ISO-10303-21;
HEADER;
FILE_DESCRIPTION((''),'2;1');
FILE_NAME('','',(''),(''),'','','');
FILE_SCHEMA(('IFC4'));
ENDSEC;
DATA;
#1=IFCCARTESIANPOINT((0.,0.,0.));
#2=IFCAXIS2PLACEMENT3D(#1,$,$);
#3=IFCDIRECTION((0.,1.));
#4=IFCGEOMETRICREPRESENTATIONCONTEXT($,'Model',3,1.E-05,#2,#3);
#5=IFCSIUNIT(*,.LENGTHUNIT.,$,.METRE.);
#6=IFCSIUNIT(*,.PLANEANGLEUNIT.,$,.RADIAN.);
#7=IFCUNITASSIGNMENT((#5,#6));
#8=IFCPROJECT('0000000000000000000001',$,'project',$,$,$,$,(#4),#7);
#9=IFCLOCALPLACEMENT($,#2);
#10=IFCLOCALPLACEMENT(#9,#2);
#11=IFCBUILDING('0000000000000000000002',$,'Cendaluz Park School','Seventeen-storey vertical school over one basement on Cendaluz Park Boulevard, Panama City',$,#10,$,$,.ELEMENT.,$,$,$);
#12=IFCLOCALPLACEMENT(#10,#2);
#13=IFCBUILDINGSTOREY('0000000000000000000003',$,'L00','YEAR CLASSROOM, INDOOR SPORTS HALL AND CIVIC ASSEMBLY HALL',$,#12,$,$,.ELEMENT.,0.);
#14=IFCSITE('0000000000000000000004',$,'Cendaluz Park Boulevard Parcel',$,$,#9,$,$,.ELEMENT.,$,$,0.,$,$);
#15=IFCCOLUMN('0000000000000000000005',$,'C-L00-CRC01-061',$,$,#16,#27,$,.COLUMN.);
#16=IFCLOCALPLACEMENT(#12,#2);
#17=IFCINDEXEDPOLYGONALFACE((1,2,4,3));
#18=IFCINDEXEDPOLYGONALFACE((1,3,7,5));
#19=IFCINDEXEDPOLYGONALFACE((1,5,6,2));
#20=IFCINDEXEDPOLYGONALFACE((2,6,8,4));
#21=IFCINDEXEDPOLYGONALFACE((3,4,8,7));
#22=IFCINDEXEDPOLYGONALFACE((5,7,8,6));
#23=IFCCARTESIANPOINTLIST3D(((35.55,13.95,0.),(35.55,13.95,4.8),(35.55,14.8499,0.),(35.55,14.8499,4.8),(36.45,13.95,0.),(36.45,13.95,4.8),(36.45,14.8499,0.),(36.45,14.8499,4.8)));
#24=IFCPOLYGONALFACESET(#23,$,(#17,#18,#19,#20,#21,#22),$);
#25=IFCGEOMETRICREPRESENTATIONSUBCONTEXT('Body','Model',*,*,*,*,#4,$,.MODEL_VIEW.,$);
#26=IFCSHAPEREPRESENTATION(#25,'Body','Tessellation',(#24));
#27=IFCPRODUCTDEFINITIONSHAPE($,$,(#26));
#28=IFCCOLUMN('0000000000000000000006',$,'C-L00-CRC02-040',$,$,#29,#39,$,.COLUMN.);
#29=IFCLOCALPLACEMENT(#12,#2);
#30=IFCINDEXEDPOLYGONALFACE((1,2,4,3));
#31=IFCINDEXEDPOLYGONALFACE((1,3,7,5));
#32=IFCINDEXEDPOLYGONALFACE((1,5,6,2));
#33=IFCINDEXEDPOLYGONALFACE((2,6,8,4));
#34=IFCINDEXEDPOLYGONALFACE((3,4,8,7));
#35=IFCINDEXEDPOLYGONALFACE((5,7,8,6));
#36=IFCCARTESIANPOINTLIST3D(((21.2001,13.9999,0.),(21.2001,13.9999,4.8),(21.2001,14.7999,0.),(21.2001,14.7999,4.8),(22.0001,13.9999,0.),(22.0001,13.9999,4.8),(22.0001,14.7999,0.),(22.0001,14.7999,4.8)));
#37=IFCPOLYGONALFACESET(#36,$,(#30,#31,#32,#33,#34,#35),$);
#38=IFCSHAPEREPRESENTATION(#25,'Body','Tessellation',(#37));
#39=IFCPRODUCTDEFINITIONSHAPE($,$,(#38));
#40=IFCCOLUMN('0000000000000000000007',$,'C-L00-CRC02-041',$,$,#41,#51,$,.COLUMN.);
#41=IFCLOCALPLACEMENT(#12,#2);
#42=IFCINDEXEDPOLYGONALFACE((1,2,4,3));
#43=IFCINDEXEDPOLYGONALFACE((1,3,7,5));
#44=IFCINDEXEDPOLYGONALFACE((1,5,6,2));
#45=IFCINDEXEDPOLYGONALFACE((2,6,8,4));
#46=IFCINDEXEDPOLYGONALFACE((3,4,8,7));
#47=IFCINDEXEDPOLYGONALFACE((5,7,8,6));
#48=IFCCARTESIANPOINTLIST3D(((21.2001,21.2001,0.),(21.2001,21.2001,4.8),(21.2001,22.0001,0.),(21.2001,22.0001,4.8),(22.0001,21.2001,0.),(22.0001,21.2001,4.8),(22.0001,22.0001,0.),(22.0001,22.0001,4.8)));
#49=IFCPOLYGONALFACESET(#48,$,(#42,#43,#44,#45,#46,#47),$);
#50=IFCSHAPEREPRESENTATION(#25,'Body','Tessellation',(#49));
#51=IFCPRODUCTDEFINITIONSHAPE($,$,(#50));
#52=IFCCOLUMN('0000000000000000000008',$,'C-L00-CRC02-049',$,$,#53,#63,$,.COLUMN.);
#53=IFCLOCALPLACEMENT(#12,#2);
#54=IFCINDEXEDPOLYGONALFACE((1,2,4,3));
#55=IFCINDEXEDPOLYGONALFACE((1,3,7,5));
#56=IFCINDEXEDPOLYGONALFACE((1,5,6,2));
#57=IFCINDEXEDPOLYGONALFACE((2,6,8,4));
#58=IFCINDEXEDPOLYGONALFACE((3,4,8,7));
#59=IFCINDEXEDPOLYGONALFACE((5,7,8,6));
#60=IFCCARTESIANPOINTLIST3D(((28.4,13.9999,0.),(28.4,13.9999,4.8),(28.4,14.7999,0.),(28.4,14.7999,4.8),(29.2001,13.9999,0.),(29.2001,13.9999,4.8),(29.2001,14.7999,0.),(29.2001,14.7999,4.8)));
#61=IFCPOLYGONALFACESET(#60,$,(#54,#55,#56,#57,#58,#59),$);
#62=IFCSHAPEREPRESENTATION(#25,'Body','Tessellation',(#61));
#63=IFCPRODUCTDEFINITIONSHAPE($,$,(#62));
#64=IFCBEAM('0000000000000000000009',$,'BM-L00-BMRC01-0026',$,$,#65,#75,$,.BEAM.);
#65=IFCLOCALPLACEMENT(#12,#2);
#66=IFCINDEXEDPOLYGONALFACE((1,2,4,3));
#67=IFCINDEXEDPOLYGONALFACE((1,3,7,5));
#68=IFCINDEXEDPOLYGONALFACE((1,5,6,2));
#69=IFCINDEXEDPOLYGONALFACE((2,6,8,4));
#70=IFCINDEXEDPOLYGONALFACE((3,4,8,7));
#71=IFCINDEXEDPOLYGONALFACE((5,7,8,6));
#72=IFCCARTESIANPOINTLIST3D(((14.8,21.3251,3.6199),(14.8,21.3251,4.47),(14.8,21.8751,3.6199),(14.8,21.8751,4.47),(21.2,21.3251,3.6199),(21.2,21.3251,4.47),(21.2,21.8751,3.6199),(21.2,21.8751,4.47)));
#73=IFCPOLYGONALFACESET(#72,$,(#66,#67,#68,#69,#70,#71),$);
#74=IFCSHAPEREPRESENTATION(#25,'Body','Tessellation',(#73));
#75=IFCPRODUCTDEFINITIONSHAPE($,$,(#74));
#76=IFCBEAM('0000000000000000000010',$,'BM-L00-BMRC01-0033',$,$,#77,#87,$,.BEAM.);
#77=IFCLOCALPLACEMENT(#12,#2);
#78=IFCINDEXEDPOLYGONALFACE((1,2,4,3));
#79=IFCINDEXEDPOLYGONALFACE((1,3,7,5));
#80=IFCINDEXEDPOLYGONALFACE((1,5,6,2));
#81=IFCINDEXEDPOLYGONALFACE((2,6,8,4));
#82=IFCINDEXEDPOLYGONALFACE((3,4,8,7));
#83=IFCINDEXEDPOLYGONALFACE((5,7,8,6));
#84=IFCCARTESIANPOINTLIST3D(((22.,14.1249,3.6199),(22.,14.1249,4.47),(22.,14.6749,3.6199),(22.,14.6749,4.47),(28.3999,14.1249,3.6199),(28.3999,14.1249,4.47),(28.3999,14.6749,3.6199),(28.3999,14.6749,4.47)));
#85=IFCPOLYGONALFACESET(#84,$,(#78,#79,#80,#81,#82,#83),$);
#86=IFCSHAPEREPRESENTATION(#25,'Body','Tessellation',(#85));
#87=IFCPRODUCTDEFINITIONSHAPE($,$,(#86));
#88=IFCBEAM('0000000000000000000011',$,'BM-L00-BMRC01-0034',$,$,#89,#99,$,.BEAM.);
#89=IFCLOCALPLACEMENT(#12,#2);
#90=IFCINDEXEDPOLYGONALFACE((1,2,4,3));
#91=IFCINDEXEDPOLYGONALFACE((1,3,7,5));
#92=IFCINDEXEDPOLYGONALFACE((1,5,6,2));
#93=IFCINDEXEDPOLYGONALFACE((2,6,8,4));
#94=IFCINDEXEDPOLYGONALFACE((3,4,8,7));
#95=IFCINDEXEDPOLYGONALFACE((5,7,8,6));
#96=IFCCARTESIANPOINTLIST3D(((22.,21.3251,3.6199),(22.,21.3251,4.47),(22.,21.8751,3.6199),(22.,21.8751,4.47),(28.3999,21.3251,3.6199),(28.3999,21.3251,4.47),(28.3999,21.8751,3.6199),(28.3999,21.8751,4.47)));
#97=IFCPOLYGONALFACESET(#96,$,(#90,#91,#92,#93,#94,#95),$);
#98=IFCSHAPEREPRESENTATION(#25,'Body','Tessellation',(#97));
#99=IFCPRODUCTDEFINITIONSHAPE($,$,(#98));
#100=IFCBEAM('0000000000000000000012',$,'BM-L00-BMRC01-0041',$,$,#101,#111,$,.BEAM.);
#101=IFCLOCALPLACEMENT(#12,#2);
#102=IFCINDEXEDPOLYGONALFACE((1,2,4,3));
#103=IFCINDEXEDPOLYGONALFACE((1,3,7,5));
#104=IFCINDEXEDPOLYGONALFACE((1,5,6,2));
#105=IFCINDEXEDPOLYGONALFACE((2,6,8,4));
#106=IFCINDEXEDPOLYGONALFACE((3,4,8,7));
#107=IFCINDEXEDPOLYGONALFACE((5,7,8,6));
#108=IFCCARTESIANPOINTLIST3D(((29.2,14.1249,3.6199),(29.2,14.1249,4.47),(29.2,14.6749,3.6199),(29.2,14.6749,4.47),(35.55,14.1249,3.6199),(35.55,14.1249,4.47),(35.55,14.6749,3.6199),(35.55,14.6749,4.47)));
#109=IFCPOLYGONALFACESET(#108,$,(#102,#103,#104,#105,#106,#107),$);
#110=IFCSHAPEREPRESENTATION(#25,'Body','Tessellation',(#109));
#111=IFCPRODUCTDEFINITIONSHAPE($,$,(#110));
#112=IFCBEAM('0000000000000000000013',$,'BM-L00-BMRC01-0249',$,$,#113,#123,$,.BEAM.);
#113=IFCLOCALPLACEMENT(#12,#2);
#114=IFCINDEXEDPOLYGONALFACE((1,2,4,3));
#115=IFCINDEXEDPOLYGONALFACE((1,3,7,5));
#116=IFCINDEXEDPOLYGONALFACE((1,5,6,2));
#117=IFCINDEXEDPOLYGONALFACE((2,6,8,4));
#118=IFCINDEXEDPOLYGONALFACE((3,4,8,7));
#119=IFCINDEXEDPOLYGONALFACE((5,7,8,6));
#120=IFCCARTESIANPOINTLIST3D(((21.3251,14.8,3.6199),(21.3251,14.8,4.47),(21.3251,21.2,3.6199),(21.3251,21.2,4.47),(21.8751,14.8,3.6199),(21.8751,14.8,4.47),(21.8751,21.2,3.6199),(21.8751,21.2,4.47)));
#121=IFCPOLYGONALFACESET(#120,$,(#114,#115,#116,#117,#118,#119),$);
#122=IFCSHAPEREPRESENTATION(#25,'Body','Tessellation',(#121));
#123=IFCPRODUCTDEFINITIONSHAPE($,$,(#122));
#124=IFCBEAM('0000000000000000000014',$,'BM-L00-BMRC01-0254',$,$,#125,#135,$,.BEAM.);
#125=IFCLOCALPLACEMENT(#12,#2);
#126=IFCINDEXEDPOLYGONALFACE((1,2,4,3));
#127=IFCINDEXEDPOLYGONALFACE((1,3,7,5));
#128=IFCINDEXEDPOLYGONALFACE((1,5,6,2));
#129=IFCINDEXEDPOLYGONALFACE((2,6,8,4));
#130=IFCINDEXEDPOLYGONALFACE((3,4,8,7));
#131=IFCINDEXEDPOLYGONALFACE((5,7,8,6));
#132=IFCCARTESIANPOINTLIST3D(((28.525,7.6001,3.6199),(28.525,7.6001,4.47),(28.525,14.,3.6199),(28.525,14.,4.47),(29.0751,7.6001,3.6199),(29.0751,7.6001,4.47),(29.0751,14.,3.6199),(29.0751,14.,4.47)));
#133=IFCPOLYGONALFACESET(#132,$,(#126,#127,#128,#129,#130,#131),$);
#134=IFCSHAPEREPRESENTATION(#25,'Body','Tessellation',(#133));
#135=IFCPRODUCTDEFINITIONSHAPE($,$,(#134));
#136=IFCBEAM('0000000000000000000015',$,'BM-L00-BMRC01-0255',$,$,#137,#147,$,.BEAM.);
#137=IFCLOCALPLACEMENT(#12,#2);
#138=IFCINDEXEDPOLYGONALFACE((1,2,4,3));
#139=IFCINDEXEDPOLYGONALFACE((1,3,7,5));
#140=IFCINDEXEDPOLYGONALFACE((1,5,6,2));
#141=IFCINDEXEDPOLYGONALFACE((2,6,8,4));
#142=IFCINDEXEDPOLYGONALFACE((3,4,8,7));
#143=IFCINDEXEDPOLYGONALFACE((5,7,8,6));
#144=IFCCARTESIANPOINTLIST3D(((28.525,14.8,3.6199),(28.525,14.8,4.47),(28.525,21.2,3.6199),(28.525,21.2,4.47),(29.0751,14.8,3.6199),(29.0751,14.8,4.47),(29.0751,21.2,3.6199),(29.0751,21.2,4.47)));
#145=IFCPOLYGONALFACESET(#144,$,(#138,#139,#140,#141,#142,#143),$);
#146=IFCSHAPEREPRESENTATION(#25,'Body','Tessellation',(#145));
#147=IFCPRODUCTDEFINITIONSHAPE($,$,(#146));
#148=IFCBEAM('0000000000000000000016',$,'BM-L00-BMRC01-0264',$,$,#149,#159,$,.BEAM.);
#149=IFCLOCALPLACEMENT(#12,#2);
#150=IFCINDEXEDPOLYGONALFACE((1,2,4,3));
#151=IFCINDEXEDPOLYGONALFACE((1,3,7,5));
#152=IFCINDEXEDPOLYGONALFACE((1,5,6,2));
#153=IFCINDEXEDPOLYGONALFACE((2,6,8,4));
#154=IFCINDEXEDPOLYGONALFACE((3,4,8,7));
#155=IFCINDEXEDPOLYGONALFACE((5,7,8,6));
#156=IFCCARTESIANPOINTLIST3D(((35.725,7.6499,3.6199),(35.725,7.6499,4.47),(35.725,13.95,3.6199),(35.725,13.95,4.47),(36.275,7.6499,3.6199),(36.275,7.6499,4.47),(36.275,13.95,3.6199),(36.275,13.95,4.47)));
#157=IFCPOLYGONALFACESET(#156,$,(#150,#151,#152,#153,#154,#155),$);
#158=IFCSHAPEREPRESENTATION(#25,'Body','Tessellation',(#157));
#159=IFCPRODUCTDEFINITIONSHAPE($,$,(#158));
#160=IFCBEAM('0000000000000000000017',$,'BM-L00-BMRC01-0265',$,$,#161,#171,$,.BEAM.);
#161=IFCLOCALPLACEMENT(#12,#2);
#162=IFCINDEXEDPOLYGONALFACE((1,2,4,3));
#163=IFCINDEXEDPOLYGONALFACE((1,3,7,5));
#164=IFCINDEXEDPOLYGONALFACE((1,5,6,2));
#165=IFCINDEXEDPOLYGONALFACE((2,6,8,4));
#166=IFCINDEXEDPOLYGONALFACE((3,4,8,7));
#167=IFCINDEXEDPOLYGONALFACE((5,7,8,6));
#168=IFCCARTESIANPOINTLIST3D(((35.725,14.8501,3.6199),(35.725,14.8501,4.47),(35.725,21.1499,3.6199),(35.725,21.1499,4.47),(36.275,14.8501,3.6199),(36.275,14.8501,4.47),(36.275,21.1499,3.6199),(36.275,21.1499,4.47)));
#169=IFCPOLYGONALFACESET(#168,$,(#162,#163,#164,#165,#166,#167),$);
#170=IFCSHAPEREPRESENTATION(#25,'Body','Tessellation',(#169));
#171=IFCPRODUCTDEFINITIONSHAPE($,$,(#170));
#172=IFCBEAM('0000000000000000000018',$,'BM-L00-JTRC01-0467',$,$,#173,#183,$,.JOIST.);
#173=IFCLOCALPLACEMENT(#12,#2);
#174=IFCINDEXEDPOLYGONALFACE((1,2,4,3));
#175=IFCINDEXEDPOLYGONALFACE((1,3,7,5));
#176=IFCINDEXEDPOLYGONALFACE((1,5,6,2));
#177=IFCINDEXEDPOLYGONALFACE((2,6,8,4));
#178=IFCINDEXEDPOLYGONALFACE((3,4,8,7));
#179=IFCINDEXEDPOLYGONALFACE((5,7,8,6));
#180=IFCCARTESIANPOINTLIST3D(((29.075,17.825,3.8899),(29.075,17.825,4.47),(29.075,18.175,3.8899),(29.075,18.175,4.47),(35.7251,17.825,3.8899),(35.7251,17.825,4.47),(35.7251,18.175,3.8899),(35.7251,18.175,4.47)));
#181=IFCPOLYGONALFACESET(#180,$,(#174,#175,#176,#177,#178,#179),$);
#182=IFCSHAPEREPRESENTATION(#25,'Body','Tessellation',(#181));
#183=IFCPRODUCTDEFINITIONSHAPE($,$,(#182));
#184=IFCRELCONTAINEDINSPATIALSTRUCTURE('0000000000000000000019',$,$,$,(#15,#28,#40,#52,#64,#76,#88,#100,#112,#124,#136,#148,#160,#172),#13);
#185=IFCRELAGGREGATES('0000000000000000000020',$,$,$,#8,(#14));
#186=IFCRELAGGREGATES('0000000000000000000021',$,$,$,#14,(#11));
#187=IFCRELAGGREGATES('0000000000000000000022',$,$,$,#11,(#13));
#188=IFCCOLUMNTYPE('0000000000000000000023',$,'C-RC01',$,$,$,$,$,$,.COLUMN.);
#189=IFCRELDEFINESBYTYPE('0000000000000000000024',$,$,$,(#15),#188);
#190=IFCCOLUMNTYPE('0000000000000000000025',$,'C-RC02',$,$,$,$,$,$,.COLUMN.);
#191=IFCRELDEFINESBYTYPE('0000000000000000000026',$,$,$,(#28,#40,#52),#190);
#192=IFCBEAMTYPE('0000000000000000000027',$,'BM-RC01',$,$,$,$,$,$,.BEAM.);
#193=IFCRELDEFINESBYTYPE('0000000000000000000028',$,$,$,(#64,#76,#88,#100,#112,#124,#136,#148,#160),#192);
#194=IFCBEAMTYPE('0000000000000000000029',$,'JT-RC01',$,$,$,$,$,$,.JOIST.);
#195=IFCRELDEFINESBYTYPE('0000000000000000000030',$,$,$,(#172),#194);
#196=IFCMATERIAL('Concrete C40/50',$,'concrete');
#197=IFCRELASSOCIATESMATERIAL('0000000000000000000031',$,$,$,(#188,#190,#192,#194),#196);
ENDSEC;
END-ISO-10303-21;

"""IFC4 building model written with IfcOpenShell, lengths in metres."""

from ifc_helpers import new_model, si_unit, direction, frame, origin, origin_2d, place, context, subcontext, project, spatial, rectangle, extrude, material, material_profile, profile_set, type_object, element, save


model = new_model("IFC4")

# Units and contexts
model_context = context("Model", 3, precision=1e-05, world=origin(), true_north=direction((0.0, 1.0)))
body_context = subcontext(model_context, "Body", "Model", "MODEL_VIEW")
ifc_project = project(units=[si_unit("LENGTHUNIT", "METRE"), si_unit("PLANEANGLEUNIT", "RADIAN")], contexts=[model_context])

# Site, building, storey
site_placement = place(None, origin())
site = spatial("IfcSite", under=ifc_project, at=site_placement, Name="Cendaluz Park Boulevard Parcel", CompositionType="ELEMENT", RefElevation=0.0)
building_placement = place(site_placement, origin())
building = spatial("IfcBuilding", under=site, at=building_placement, Name="Cendaluz Park School", Description="Seventeen-storey vertical school over one basement on Cendaluz Park Boulevard, Panama City", CompositionType="ELEMENT")
storey_placement = place(building_placement, origin())
storey = spatial("IfcBuildingStorey", under=building, at=storey_placement, Name="L00", Description="YEAR CLASSROOM, INDOOR SPORTS HALL AND CIVIC ASSEMBLY HALL", CompositionType="ELEMENT", Elevation=0.0)

# Columns
ifc_material_1 = material(Name="Concrete C40/50", Category="concrete")
ifc_material_profile_1 = material_profile(ifc_material_1, rectangle(XDim=0.8999, YDim=0.8999, at=origin_2d()), Name="RC 900x900", Category="concrete")
ifc_profile_set_1 = profile_set([ifc_material_profile_1], Name="Concrete C40/50")
column_type_1 = type_object("IfcColumnType", Name="C-RC01", PredefinedType="COLUMN", material=ifc_profile_set_1)
column_placement = place(storey_placement, frame((36.0, 14.3999, 0.0), z_axis=(0.0, 0.0, 1.0), x_axis=(1.0, 0.0, 0.0)))
element("IfcColumn", 1, at=column_placement, inside=storey, type_object=column_type_1, Name="C-L00-CRC01-061", PredefinedType="COLUMN", context=body_context, shape_type="SweptSolid", body=[
    extrude(rectangle(XDim=0.8999, YDim=0.8999, at=origin_2d()), origin(), (0.0, 0.0, 1.0), 4.8),
])
ifc_material_profile_2 = material_profile(ifc_material_1, rectangle(XDim=0.8, YDim=0.8, at=origin_2d()), Name="RC 800x800", Category="concrete")
ifc_profile_set_2 = profile_set([ifc_material_profile_2], Name="Concrete C40/50")
column_type_2 = type_object("IfcColumnType", Name="C-RC02", PredefinedType="COLUMN", material=ifc_profile_set_2)
for number, where, z_axis, x_axis, name in (
    (2, (21.6001, 14.3999, 0.0), (0.0, 0.0, 1.0), (1.0, 0.0, 0.0), "C-L00-CRC02-040"),
    (3, (21.6001, 21.6001, 0.0), (0.0, 0.0, 1.0), (1.0, 0.0, 0.0), "C-L00-CRC02-041"),
    (4, (28.8, 14.3999, 0.0), (0.0, 0.0, 1.0), (1.0, 0.0, 0.0), "C-L00-CRC02-049"),
):
    element("IfcColumn", number, at=place(storey_placement, frame(where, z_axis=z_axis, x_axis=x_axis)), inside=storey, type_object=column_type_2, Name=name, PredefinedType="COLUMN", context=body_context, shape_type="SweptSolid", body=[
        extrude(rectangle(XDim=0.8, YDim=0.8, at=origin_2d()), origin(), (0.0, 0.0, 1.0), 4.8),
    ])

# Beams
ifc_material_profile_3 = material_profile(ifc_material_1, rectangle(XDim=0.55, YDim=0.8501, at=origin_2d()), Name="RC 550x850", Category="concrete")
ifc_profile_set_3 = profile_set([ifc_material_profile_3], Name="Concrete C40/50")
beam_type_1 = type_object("IfcBeamType", Name="BM-RC01", PredefinedType="BEAM", material=ifc_profile_set_3)
for number, where, z_axis, x_axis, name in (
    (5, (14.8, 21.6001, 4.0449), (1.0, 0.0, 0.0), (0.0, 1.0, 0.0), "BM-L00-BMRC01-0026"),
    (6, (22.0, 14.3999, 4.0449), (1.0, 0.0, 0.0), (0.0, 1.0, 0.0), "BM-L00-BMRC01-0033"),
    (7, (22.0, 21.6001, 4.0449), (1.0, 0.0, 0.0), (0.0, 1.0, 0.0), "BM-L00-BMRC01-0034"),
):
    element("IfcBeam", number, at=place(storey_placement, frame(where, z_axis=z_axis, x_axis=x_axis)), inside=storey, type_object=beam_type_1, Name=name, PredefinedType="BEAM", context=body_context, shape_type="SweptSolid", body=[
        extrude(rectangle(XDim=0.55, YDim=0.8501, at=origin_2d()), origin(), (0.0, 0.0, 1.0), 6.3999),
    ])
beam_1_placement = place(storey_placement, frame((29.2, 14.3999, 4.0449), z_axis=(1.0, 0.0, 0.0), x_axis=(0.0, 1.0, 0.0)))
element("IfcBeam", 8, at=beam_1_placement, inside=storey, type_object=beam_type_1, Name="BM-L00-BMRC01-0041", PredefinedType="BEAM", context=body_context, shape_type="SweptSolid", body=[
    extrude(rectangle(XDim=0.55, YDim=0.8501, at=origin_2d()), origin(), (0.0, 0.0, 1.0), 6.3501),
])
for number, where, z_axis, x_axis, name in (
    (9, (21.6001, 14.8, 4.0449), (0.0, 1.0, 0.0), (-1.0, 0.0, 0.0), "BM-L00-BMRC01-0249"),
    (10, (28.8, 7.6001, 4.0449), (0.0, 1.0, 0.0), (-1.0, 0.0, 0.0), "BM-L00-BMRC01-0254"),
    (11, (28.8, 14.8, 4.0449), (0.0, 1.0, 0.0), (-1.0, 0.0, 0.0), "BM-L00-BMRC01-0255"),
):
    element("IfcBeam", number, at=place(storey_placement, frame(where, z_axis=z_axis, x_axis=x_axis)), inside=storey, type_object=beam_type_1, Name=name, PredefinedType="BEAM", context=body_context, shape_type="SweptSolid", body=[
        extrude(rectangle(XDim=0.55, YDim=0.8501, at=origin_2d()), origin(), (0.0, 0.0, 1.0), 6.3999),
    ])
beam_2_placement = place(storey_placement, frame((36.0, 7.6499, 4.0449), z_axis=(0.0, 1.0, 0.0), x_axis=(-1.0, 0.0, 0.0)))
element("IfcBeam", 12, at=beam_2_placement, inside=storey, type_object=beam_type_1, Name="BM-L00-BMRC01-0264", PredefinedType="BEAM", context=body_context, shape_type="SweptSolid", body=[
    extrude(rectangle(XDim=0.55, YDim=0.8501, at=origin_2d()), origin(), (0.0, 0.0, 1.0), 6.3),
])
beam_3_placement = place(storey_placement, frame((36.0, 14.8501, 4.0449), z_axis=(0.0, 1.0, 0.0), x_axis=(-1.0, 0.0, 0.0)))
element("IfcBeam", 13, at=beam_3_placement, inside=storey, type_object=beam_type_1, Name="BM-L00-BMRC01-0265", PredefinedType="BEAM", context=body_context, shape_type="SweptSolid", body=[
    extrude(rectangle(XDim=0.55, YDim=0.8501, at=origin_2d()), origin(), (0.0, 0.0, 1.0), 6.2998),
])
ifc_material_profile_4 = material_profile(ifc_material_1, rectangle(XDim=0.3501, YDim=0.5801, at=origin_2d()), Name="RC 350x580", Category="concrete")
ifc_profile_set_4 = profile_set([ifc_material_profile_4], Name="Concrete C40/50")
beam_type_2 = type_object("IfcBeamType", Name="JT-RC01", PredefinedType="JOIST", material=ifc_profile_set_4)
beam_4_placement = place(storey_placement, frame((29.075, 18.0, 4.1799), z_axis=(1.0, 0.0, 0.0), x_axis=(0.0, 1.0, 0.0)))
element("IfcBeam", 14, at=beam_4_placement, inside=storey, type_object=beam_type_2, Name="BM-L00-JTRC01-0467", PredefinedType="JOIST", context=body_context, shape_type="SweptSolid", body=[
    extrude(rectangle(XDim=0.3501, YDim=0.5801, at=origin_2d()), origin(), (0.0, 0.0, 1.0), 6.6501),
])

save(model, "model.ifc")
